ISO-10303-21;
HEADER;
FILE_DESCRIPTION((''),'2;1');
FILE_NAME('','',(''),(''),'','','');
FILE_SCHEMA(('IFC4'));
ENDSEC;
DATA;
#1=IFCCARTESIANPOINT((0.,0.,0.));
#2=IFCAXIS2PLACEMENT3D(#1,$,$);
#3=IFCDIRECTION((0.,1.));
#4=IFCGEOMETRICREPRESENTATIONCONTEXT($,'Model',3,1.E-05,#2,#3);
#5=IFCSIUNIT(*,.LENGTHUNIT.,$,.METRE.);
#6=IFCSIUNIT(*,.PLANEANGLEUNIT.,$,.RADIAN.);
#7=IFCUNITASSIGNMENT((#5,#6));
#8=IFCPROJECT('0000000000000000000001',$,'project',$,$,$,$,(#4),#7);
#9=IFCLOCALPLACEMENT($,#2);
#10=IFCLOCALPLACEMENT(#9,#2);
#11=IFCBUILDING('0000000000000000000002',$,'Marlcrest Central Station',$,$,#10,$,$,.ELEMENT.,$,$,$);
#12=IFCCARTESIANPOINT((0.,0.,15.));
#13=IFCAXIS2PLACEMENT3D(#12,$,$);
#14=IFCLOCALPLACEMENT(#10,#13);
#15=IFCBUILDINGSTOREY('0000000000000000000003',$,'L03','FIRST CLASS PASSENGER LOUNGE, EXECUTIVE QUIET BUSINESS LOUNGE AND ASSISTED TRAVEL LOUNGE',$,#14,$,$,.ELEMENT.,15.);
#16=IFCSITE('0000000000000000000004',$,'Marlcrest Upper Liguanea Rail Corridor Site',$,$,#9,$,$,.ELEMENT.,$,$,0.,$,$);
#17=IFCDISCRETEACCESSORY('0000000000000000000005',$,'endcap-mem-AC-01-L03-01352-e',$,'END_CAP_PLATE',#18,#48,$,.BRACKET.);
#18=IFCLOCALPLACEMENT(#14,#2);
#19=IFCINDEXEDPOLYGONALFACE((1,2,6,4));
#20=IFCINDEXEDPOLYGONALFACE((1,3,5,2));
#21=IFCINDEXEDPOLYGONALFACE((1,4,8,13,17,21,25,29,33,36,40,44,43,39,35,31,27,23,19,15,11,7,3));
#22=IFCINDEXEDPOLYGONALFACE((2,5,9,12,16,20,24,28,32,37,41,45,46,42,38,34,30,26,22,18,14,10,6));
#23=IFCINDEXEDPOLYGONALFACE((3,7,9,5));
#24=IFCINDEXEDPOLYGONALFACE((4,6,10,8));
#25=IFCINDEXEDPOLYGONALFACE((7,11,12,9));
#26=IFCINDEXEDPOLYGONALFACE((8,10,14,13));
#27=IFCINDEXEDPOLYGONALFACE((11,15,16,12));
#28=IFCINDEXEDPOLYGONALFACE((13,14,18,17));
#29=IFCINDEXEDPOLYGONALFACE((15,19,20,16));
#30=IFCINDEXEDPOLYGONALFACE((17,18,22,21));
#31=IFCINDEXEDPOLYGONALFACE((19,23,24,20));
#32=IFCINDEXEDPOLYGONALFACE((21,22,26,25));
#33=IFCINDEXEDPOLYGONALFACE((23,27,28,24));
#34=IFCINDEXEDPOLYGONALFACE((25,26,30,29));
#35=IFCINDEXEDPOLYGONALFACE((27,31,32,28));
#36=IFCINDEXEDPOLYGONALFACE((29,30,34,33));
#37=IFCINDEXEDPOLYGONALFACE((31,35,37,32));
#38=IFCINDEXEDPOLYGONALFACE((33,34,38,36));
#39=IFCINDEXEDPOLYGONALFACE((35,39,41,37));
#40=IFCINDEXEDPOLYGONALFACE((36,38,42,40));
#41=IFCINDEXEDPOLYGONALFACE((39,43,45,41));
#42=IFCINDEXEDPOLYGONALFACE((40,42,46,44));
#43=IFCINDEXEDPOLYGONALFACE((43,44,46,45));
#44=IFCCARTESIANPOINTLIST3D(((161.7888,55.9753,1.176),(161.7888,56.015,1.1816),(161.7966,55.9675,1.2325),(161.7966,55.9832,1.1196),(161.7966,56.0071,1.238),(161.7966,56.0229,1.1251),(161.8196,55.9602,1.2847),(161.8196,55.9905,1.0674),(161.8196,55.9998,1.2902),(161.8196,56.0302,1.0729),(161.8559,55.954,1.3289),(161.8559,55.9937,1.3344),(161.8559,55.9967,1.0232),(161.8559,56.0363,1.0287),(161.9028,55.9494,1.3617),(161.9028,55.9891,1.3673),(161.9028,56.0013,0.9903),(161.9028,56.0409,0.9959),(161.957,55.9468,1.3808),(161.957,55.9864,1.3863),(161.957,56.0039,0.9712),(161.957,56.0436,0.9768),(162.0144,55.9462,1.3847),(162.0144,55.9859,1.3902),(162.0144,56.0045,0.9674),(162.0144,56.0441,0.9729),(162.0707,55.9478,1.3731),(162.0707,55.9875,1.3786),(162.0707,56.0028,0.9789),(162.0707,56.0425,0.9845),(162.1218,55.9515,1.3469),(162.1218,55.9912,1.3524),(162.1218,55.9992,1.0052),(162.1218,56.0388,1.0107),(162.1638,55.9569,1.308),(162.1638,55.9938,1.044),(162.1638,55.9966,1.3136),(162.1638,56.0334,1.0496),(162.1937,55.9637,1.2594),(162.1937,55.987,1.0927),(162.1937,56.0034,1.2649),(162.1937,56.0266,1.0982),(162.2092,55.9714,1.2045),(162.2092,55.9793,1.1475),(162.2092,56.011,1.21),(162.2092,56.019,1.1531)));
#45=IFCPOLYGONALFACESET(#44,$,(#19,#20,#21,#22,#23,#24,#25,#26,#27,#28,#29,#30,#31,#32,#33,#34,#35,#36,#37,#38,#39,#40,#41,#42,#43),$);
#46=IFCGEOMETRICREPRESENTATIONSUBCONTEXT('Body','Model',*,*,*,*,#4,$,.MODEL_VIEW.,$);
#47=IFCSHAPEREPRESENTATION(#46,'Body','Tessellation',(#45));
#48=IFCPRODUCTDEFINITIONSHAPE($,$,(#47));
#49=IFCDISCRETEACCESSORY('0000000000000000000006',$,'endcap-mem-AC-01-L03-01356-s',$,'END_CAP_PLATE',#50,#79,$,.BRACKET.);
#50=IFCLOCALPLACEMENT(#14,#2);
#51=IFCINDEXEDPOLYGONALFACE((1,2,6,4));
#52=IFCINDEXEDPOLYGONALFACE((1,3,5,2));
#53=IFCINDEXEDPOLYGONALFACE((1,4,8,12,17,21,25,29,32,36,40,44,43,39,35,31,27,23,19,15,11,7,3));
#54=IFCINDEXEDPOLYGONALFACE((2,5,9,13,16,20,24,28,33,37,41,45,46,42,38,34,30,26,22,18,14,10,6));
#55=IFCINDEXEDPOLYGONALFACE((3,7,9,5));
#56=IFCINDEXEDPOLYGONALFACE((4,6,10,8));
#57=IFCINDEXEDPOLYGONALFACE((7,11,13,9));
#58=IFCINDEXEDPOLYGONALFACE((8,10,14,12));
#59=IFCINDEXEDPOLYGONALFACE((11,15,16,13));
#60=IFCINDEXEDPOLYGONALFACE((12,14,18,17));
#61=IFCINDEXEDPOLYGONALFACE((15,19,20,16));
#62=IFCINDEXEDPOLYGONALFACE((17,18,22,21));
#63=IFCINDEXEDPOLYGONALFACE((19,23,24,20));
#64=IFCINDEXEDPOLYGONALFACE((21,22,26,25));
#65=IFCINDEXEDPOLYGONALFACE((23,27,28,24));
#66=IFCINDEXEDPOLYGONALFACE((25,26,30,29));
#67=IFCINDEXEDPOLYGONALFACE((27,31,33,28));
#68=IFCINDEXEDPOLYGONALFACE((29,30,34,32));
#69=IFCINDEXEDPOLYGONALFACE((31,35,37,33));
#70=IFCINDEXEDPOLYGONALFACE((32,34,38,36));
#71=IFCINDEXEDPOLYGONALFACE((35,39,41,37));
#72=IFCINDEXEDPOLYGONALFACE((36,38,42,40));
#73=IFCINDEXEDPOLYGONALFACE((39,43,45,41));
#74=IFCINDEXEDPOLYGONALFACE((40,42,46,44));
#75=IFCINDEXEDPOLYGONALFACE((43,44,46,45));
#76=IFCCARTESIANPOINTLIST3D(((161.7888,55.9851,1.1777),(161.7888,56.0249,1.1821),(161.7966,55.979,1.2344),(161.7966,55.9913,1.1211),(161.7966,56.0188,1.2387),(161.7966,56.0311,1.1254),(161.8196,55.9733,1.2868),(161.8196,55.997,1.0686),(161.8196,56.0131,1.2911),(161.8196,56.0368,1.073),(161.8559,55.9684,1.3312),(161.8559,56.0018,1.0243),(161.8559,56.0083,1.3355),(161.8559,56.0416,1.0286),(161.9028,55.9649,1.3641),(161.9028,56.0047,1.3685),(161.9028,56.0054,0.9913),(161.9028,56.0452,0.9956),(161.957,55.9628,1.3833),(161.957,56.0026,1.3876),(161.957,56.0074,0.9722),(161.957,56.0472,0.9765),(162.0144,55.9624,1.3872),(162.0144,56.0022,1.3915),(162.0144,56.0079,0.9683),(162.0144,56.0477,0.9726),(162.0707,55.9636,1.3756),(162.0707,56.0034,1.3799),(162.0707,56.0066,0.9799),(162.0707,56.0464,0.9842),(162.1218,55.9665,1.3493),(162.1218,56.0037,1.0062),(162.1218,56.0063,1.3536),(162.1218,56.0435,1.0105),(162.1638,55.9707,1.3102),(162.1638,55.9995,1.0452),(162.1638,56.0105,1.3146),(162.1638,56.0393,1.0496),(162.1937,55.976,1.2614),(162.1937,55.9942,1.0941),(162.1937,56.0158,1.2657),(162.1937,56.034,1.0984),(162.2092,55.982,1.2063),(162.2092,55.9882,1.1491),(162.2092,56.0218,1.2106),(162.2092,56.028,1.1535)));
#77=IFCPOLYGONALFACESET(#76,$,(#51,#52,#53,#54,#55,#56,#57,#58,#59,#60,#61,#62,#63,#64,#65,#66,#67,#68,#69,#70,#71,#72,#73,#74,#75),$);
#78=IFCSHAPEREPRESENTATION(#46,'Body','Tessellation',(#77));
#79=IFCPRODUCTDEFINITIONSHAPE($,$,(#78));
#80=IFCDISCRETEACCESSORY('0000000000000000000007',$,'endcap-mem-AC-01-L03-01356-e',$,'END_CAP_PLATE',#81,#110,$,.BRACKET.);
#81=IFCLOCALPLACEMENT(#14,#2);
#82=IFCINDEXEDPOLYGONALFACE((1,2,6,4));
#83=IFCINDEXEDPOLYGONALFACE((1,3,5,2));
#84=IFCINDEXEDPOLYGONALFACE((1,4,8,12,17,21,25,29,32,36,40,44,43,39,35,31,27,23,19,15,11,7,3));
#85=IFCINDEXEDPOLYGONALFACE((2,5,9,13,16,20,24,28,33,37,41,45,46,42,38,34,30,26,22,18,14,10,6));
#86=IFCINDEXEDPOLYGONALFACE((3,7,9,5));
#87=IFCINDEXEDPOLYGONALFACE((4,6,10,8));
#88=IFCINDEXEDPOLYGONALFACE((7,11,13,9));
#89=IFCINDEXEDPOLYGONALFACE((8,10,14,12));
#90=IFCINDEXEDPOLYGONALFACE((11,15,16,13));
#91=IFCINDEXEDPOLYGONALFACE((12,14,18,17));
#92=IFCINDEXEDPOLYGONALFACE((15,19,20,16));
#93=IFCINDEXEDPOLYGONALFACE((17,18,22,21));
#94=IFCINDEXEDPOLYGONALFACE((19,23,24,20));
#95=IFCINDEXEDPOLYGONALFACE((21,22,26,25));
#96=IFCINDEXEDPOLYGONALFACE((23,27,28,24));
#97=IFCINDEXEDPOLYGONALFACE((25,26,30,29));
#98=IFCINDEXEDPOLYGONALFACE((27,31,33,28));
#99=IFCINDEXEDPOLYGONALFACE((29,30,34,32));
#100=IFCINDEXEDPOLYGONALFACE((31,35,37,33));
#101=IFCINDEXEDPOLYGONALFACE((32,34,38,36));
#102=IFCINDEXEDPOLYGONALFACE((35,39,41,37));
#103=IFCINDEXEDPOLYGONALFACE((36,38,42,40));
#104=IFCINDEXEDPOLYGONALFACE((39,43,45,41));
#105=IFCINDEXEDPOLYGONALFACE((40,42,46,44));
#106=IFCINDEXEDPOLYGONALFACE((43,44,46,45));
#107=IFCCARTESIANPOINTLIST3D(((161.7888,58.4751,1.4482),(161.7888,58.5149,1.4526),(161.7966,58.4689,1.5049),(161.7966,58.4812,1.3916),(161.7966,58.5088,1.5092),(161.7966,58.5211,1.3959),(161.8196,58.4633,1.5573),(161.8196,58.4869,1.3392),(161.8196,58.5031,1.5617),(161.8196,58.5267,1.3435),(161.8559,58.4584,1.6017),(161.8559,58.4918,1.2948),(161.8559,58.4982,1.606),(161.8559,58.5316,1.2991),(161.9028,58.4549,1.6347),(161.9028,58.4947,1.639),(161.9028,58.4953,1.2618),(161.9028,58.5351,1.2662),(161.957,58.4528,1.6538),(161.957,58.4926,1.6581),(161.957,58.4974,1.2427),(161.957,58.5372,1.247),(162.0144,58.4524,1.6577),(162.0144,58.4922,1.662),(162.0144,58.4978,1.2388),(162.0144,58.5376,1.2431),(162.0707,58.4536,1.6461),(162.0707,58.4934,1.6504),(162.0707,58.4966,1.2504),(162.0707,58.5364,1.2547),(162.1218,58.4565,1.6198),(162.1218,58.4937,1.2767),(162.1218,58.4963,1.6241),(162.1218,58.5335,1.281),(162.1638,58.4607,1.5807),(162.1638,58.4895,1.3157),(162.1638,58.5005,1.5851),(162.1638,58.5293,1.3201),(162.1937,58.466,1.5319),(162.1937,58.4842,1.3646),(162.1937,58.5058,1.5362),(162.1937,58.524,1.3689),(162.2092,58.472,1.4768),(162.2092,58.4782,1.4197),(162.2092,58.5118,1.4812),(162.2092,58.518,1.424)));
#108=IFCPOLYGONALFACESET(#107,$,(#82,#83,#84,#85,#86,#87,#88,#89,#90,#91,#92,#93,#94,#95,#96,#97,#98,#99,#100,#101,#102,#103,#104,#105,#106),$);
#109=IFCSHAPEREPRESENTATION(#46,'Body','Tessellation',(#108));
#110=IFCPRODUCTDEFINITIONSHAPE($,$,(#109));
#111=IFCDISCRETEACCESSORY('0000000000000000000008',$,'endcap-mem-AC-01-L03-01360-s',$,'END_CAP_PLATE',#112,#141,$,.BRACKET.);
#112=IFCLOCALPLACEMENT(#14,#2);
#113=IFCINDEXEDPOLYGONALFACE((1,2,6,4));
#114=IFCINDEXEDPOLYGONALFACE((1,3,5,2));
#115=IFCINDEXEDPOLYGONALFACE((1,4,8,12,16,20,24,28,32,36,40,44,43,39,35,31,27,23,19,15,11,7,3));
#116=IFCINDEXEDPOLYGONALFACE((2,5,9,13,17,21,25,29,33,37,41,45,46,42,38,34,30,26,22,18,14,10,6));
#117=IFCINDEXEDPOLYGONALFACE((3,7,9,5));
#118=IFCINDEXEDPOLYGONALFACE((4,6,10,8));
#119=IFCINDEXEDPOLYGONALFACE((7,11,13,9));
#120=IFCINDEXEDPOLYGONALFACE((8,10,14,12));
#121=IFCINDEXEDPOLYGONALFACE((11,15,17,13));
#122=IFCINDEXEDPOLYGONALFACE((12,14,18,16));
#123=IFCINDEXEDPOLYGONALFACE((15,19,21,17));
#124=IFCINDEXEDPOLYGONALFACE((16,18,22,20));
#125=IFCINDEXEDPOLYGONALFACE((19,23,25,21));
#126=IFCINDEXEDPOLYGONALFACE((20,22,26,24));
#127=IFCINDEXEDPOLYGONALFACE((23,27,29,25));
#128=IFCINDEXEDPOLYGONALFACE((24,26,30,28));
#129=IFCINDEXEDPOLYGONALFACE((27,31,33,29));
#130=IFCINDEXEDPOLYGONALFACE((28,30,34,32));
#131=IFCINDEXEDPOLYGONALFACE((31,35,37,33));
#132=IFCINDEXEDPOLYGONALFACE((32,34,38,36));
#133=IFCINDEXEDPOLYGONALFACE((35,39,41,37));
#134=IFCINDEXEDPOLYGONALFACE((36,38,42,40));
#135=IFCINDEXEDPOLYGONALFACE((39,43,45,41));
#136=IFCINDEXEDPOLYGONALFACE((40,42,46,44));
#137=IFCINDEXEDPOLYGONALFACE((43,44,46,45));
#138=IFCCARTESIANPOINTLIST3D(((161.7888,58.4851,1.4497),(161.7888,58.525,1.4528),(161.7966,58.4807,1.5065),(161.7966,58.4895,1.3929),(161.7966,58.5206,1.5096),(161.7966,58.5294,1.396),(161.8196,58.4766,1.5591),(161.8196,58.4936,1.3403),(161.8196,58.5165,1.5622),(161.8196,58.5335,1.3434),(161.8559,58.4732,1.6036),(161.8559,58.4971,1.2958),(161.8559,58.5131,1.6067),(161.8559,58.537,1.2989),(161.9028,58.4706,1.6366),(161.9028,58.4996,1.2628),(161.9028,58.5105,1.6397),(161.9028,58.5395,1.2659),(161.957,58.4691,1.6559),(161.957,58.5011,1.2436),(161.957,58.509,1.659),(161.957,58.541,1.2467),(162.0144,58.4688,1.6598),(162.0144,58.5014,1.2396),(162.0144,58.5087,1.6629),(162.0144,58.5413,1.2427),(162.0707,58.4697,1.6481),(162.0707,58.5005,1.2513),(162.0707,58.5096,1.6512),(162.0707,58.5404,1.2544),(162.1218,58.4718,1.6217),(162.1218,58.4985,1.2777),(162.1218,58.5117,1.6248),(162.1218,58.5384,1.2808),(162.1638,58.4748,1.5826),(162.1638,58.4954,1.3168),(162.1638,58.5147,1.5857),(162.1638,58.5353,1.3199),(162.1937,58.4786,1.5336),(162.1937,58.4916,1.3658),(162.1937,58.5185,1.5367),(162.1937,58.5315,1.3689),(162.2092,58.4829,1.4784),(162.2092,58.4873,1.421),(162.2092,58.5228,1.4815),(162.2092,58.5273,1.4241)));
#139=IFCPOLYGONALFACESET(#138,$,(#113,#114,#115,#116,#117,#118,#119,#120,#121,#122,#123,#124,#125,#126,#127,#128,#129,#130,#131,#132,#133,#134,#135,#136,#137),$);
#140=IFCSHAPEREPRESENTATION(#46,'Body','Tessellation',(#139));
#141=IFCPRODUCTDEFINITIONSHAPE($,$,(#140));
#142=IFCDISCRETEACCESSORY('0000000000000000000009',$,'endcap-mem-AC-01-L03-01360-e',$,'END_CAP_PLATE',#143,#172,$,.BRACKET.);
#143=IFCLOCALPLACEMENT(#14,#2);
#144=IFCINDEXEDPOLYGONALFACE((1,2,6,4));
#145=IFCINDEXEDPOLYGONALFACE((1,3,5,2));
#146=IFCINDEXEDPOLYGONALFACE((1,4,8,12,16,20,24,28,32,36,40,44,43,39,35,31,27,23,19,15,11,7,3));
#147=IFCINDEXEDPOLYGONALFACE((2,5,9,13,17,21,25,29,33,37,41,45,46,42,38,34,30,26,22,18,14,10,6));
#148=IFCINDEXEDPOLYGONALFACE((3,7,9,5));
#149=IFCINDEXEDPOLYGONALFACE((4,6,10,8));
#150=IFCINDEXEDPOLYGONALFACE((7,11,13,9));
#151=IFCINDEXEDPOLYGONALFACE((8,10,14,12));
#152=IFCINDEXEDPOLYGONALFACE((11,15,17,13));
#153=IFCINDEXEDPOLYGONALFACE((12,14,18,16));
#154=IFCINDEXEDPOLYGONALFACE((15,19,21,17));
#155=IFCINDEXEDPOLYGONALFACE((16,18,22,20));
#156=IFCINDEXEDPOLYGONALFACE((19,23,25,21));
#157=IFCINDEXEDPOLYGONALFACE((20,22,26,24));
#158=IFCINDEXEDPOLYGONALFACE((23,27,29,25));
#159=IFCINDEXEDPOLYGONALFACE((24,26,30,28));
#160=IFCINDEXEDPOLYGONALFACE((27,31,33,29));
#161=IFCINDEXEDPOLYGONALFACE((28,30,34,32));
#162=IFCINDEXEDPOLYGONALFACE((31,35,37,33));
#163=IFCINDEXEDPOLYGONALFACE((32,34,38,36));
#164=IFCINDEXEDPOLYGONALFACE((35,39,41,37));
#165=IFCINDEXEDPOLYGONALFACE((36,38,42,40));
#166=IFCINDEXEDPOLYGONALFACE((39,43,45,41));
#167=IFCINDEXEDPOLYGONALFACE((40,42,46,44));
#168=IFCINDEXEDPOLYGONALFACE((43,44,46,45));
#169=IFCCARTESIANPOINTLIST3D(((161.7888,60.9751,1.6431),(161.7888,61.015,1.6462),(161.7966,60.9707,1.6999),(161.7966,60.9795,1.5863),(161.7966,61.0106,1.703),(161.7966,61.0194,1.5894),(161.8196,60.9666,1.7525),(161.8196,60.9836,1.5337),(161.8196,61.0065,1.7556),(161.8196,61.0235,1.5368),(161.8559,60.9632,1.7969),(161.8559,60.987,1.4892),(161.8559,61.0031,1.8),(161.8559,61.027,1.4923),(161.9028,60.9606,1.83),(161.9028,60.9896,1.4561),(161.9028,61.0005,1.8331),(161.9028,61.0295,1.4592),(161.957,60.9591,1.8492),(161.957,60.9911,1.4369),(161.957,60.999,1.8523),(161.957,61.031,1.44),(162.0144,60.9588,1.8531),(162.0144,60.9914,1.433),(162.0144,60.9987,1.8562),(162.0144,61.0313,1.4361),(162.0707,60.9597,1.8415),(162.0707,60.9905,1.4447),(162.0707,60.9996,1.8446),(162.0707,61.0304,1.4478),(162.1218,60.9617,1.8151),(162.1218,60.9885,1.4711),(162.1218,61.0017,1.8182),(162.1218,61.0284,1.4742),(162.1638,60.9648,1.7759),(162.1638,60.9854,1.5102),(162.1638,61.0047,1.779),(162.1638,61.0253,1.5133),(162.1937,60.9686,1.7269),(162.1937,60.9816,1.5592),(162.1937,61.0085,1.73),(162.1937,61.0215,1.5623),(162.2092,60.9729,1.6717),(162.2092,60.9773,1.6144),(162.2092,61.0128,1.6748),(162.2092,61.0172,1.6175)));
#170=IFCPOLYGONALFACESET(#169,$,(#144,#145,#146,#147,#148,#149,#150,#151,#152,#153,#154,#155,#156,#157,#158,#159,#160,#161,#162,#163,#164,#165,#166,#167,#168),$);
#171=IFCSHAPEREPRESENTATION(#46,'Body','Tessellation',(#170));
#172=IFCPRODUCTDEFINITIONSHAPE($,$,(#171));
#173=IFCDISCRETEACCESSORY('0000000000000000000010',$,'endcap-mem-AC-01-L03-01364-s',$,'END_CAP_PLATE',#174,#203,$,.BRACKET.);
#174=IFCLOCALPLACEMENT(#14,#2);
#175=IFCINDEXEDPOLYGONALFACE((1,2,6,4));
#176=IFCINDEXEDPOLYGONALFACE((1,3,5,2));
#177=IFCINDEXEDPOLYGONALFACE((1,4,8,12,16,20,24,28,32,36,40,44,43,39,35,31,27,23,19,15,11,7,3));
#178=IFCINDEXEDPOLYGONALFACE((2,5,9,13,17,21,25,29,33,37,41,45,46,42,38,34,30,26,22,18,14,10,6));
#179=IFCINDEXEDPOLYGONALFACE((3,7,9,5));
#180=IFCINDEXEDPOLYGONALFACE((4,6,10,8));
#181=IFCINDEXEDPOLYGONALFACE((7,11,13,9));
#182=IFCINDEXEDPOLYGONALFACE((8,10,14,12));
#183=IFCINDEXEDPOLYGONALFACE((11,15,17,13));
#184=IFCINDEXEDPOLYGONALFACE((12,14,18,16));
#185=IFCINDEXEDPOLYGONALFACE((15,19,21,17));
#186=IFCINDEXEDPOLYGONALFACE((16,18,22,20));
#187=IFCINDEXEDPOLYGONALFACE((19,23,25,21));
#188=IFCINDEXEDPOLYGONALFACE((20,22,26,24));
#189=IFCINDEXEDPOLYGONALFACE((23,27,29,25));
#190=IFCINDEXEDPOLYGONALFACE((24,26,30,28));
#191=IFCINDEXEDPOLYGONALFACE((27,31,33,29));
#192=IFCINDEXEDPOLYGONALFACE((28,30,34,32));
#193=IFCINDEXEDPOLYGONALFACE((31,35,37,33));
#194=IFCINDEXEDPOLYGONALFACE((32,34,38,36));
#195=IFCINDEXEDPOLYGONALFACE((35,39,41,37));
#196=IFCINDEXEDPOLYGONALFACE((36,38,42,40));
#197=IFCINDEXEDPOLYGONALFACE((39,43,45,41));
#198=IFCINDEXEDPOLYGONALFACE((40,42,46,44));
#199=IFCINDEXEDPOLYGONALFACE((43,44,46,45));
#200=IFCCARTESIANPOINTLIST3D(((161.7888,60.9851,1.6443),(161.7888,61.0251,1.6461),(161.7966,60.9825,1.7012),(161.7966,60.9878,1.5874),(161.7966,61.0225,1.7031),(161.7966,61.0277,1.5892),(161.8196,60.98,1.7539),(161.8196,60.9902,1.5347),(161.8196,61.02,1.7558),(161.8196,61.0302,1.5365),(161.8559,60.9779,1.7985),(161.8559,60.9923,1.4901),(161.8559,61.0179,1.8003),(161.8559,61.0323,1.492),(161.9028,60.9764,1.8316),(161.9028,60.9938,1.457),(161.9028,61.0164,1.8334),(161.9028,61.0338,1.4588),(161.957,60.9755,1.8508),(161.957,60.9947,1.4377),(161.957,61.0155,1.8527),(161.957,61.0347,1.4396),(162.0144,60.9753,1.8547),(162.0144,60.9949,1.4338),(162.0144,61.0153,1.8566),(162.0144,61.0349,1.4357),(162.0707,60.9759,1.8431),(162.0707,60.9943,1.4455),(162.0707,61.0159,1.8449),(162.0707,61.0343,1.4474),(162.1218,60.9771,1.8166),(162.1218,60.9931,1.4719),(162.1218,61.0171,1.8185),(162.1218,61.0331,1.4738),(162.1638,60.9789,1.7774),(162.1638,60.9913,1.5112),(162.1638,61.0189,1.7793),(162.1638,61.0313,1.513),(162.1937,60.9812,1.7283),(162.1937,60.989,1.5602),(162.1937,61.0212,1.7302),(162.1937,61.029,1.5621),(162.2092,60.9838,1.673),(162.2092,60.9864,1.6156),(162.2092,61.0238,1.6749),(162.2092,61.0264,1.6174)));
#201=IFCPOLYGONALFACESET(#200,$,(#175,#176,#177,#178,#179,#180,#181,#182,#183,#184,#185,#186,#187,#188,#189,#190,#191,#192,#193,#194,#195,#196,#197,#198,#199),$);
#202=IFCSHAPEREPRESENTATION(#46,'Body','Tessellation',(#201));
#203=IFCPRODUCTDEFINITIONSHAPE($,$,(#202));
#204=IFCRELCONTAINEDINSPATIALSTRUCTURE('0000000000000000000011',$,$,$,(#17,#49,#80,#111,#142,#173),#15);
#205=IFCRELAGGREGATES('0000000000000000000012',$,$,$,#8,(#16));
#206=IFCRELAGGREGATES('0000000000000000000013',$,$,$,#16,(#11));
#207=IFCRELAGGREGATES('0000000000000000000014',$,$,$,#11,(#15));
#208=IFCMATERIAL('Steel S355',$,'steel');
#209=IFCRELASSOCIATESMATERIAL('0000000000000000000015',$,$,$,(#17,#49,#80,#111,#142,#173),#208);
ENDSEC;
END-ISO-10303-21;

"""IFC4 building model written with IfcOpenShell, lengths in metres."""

from ifc_helpers import new_model, si_unit, direction, frame, origin, origin_2d, place, context, subcontext, project, spatial, circle, extrude, material, element, save


model = new_model("IFC4")

# Units and contexts
model_context = context("Model", 3, precision=1e-05, world=origin(), true_north=direction((0.0, 1.0)))
body_context = subcontext(model_context, "Body", "Model", "MODEL_VIEW")
ifc_project = project(units=[si_unit("LENGTHUNIT", "METRE"), si_unit("PLANEANGLEUNIT", "RADIAN")], contexts=[model_context])

# Site, building, storey
site_placement = place(None, origin())
site = spatial("IfcSite", under=ifc_project, at=site_placement, Name="Marlcrest Upper Liguanea Rail Corridor Site", CompositionType="ELEMENT", RefElevation=0.0)
building_placement = place(site_placement, origin())
building = spatial("IfcBuilding", under=site, at=building_placement, Name="Marlcrest Central Station", CompositionType="ELEMENT")
storey_placement = place(building_placement, frame((0.0, 0.0, 15.0)))
storey = spatial("IfcBuildingStorey", under=building, at=storey_placement, Name="L03", Description="FIRST CLASS PASSENGER LOUNGE, EXECUTIVE QUIET BUSINESS LOUNGE AND ASSISTED TRAVEL LOUNGE", CompositionType="ELEMENT", Elevation=15.0)

# Shared definitions
ifc_material_1 = material(Name="Steel S355", Category="steel")

# Discrete accessories
for number, where, z_axis, x_axis, name in (
    (1, (162.0, 55.9753, 1.176), (0.0, 0.990403, 0.138211), (-1.0, 0.0, 0.0), "endcap-mem-AC-01-L03-01352-e"),
    (2, (162.0, 55.9851, 1.1777), (0.0, 0.994155, 0.107959), (-1.0, 0.0, 0.0), "endcap-mem-AC-01-L03-01356-s"),
    (3, (162.0, 58.4751, 1.4482), (0.0, 0.994155, 0.107959), (-1.0, 0.0, 0.0), "endcap-mem-AC-01-L03-01356-e"),
    (4, (162.0, 58.4851, 1.4497), (0.0, 0.997, 0.077404), (-1.0, 0.0, 0.0), "endcap-mem-AC-01-L03-01360-s"),
    (5, (162.0, 60.9751, 1.6431), (0.0, 0.997, 0.077404), (-1.0, 0.0, 0.0), "endcap-mem-AC-01-L03-01360-e"),
    (6, (162.0, 60.9851, 1.6443), (0.0, 0.998921, 0.046434), (-1.0, 0.0, 0.0), "endcap-mem-AC-01-L03-01364-s"),
):
    element("IfcDiscreteAccessory", number, at=place(storey_placement, frame(where, z_axis=z_axis, x_axis=x_axis)), inside=storey, material=ifc_material_1, Name=name, ObjectType="END_CAP_PLATE", PredefinedType="BRACKET", context=body_context, shape_type="SweptSolid", body=[
        extrude(circle(Radius=0.2112, at=origin_2d()), origin(), (0.0, 0.0, 1.0), 0.04),
    ])

save(model, "model.ifc")
